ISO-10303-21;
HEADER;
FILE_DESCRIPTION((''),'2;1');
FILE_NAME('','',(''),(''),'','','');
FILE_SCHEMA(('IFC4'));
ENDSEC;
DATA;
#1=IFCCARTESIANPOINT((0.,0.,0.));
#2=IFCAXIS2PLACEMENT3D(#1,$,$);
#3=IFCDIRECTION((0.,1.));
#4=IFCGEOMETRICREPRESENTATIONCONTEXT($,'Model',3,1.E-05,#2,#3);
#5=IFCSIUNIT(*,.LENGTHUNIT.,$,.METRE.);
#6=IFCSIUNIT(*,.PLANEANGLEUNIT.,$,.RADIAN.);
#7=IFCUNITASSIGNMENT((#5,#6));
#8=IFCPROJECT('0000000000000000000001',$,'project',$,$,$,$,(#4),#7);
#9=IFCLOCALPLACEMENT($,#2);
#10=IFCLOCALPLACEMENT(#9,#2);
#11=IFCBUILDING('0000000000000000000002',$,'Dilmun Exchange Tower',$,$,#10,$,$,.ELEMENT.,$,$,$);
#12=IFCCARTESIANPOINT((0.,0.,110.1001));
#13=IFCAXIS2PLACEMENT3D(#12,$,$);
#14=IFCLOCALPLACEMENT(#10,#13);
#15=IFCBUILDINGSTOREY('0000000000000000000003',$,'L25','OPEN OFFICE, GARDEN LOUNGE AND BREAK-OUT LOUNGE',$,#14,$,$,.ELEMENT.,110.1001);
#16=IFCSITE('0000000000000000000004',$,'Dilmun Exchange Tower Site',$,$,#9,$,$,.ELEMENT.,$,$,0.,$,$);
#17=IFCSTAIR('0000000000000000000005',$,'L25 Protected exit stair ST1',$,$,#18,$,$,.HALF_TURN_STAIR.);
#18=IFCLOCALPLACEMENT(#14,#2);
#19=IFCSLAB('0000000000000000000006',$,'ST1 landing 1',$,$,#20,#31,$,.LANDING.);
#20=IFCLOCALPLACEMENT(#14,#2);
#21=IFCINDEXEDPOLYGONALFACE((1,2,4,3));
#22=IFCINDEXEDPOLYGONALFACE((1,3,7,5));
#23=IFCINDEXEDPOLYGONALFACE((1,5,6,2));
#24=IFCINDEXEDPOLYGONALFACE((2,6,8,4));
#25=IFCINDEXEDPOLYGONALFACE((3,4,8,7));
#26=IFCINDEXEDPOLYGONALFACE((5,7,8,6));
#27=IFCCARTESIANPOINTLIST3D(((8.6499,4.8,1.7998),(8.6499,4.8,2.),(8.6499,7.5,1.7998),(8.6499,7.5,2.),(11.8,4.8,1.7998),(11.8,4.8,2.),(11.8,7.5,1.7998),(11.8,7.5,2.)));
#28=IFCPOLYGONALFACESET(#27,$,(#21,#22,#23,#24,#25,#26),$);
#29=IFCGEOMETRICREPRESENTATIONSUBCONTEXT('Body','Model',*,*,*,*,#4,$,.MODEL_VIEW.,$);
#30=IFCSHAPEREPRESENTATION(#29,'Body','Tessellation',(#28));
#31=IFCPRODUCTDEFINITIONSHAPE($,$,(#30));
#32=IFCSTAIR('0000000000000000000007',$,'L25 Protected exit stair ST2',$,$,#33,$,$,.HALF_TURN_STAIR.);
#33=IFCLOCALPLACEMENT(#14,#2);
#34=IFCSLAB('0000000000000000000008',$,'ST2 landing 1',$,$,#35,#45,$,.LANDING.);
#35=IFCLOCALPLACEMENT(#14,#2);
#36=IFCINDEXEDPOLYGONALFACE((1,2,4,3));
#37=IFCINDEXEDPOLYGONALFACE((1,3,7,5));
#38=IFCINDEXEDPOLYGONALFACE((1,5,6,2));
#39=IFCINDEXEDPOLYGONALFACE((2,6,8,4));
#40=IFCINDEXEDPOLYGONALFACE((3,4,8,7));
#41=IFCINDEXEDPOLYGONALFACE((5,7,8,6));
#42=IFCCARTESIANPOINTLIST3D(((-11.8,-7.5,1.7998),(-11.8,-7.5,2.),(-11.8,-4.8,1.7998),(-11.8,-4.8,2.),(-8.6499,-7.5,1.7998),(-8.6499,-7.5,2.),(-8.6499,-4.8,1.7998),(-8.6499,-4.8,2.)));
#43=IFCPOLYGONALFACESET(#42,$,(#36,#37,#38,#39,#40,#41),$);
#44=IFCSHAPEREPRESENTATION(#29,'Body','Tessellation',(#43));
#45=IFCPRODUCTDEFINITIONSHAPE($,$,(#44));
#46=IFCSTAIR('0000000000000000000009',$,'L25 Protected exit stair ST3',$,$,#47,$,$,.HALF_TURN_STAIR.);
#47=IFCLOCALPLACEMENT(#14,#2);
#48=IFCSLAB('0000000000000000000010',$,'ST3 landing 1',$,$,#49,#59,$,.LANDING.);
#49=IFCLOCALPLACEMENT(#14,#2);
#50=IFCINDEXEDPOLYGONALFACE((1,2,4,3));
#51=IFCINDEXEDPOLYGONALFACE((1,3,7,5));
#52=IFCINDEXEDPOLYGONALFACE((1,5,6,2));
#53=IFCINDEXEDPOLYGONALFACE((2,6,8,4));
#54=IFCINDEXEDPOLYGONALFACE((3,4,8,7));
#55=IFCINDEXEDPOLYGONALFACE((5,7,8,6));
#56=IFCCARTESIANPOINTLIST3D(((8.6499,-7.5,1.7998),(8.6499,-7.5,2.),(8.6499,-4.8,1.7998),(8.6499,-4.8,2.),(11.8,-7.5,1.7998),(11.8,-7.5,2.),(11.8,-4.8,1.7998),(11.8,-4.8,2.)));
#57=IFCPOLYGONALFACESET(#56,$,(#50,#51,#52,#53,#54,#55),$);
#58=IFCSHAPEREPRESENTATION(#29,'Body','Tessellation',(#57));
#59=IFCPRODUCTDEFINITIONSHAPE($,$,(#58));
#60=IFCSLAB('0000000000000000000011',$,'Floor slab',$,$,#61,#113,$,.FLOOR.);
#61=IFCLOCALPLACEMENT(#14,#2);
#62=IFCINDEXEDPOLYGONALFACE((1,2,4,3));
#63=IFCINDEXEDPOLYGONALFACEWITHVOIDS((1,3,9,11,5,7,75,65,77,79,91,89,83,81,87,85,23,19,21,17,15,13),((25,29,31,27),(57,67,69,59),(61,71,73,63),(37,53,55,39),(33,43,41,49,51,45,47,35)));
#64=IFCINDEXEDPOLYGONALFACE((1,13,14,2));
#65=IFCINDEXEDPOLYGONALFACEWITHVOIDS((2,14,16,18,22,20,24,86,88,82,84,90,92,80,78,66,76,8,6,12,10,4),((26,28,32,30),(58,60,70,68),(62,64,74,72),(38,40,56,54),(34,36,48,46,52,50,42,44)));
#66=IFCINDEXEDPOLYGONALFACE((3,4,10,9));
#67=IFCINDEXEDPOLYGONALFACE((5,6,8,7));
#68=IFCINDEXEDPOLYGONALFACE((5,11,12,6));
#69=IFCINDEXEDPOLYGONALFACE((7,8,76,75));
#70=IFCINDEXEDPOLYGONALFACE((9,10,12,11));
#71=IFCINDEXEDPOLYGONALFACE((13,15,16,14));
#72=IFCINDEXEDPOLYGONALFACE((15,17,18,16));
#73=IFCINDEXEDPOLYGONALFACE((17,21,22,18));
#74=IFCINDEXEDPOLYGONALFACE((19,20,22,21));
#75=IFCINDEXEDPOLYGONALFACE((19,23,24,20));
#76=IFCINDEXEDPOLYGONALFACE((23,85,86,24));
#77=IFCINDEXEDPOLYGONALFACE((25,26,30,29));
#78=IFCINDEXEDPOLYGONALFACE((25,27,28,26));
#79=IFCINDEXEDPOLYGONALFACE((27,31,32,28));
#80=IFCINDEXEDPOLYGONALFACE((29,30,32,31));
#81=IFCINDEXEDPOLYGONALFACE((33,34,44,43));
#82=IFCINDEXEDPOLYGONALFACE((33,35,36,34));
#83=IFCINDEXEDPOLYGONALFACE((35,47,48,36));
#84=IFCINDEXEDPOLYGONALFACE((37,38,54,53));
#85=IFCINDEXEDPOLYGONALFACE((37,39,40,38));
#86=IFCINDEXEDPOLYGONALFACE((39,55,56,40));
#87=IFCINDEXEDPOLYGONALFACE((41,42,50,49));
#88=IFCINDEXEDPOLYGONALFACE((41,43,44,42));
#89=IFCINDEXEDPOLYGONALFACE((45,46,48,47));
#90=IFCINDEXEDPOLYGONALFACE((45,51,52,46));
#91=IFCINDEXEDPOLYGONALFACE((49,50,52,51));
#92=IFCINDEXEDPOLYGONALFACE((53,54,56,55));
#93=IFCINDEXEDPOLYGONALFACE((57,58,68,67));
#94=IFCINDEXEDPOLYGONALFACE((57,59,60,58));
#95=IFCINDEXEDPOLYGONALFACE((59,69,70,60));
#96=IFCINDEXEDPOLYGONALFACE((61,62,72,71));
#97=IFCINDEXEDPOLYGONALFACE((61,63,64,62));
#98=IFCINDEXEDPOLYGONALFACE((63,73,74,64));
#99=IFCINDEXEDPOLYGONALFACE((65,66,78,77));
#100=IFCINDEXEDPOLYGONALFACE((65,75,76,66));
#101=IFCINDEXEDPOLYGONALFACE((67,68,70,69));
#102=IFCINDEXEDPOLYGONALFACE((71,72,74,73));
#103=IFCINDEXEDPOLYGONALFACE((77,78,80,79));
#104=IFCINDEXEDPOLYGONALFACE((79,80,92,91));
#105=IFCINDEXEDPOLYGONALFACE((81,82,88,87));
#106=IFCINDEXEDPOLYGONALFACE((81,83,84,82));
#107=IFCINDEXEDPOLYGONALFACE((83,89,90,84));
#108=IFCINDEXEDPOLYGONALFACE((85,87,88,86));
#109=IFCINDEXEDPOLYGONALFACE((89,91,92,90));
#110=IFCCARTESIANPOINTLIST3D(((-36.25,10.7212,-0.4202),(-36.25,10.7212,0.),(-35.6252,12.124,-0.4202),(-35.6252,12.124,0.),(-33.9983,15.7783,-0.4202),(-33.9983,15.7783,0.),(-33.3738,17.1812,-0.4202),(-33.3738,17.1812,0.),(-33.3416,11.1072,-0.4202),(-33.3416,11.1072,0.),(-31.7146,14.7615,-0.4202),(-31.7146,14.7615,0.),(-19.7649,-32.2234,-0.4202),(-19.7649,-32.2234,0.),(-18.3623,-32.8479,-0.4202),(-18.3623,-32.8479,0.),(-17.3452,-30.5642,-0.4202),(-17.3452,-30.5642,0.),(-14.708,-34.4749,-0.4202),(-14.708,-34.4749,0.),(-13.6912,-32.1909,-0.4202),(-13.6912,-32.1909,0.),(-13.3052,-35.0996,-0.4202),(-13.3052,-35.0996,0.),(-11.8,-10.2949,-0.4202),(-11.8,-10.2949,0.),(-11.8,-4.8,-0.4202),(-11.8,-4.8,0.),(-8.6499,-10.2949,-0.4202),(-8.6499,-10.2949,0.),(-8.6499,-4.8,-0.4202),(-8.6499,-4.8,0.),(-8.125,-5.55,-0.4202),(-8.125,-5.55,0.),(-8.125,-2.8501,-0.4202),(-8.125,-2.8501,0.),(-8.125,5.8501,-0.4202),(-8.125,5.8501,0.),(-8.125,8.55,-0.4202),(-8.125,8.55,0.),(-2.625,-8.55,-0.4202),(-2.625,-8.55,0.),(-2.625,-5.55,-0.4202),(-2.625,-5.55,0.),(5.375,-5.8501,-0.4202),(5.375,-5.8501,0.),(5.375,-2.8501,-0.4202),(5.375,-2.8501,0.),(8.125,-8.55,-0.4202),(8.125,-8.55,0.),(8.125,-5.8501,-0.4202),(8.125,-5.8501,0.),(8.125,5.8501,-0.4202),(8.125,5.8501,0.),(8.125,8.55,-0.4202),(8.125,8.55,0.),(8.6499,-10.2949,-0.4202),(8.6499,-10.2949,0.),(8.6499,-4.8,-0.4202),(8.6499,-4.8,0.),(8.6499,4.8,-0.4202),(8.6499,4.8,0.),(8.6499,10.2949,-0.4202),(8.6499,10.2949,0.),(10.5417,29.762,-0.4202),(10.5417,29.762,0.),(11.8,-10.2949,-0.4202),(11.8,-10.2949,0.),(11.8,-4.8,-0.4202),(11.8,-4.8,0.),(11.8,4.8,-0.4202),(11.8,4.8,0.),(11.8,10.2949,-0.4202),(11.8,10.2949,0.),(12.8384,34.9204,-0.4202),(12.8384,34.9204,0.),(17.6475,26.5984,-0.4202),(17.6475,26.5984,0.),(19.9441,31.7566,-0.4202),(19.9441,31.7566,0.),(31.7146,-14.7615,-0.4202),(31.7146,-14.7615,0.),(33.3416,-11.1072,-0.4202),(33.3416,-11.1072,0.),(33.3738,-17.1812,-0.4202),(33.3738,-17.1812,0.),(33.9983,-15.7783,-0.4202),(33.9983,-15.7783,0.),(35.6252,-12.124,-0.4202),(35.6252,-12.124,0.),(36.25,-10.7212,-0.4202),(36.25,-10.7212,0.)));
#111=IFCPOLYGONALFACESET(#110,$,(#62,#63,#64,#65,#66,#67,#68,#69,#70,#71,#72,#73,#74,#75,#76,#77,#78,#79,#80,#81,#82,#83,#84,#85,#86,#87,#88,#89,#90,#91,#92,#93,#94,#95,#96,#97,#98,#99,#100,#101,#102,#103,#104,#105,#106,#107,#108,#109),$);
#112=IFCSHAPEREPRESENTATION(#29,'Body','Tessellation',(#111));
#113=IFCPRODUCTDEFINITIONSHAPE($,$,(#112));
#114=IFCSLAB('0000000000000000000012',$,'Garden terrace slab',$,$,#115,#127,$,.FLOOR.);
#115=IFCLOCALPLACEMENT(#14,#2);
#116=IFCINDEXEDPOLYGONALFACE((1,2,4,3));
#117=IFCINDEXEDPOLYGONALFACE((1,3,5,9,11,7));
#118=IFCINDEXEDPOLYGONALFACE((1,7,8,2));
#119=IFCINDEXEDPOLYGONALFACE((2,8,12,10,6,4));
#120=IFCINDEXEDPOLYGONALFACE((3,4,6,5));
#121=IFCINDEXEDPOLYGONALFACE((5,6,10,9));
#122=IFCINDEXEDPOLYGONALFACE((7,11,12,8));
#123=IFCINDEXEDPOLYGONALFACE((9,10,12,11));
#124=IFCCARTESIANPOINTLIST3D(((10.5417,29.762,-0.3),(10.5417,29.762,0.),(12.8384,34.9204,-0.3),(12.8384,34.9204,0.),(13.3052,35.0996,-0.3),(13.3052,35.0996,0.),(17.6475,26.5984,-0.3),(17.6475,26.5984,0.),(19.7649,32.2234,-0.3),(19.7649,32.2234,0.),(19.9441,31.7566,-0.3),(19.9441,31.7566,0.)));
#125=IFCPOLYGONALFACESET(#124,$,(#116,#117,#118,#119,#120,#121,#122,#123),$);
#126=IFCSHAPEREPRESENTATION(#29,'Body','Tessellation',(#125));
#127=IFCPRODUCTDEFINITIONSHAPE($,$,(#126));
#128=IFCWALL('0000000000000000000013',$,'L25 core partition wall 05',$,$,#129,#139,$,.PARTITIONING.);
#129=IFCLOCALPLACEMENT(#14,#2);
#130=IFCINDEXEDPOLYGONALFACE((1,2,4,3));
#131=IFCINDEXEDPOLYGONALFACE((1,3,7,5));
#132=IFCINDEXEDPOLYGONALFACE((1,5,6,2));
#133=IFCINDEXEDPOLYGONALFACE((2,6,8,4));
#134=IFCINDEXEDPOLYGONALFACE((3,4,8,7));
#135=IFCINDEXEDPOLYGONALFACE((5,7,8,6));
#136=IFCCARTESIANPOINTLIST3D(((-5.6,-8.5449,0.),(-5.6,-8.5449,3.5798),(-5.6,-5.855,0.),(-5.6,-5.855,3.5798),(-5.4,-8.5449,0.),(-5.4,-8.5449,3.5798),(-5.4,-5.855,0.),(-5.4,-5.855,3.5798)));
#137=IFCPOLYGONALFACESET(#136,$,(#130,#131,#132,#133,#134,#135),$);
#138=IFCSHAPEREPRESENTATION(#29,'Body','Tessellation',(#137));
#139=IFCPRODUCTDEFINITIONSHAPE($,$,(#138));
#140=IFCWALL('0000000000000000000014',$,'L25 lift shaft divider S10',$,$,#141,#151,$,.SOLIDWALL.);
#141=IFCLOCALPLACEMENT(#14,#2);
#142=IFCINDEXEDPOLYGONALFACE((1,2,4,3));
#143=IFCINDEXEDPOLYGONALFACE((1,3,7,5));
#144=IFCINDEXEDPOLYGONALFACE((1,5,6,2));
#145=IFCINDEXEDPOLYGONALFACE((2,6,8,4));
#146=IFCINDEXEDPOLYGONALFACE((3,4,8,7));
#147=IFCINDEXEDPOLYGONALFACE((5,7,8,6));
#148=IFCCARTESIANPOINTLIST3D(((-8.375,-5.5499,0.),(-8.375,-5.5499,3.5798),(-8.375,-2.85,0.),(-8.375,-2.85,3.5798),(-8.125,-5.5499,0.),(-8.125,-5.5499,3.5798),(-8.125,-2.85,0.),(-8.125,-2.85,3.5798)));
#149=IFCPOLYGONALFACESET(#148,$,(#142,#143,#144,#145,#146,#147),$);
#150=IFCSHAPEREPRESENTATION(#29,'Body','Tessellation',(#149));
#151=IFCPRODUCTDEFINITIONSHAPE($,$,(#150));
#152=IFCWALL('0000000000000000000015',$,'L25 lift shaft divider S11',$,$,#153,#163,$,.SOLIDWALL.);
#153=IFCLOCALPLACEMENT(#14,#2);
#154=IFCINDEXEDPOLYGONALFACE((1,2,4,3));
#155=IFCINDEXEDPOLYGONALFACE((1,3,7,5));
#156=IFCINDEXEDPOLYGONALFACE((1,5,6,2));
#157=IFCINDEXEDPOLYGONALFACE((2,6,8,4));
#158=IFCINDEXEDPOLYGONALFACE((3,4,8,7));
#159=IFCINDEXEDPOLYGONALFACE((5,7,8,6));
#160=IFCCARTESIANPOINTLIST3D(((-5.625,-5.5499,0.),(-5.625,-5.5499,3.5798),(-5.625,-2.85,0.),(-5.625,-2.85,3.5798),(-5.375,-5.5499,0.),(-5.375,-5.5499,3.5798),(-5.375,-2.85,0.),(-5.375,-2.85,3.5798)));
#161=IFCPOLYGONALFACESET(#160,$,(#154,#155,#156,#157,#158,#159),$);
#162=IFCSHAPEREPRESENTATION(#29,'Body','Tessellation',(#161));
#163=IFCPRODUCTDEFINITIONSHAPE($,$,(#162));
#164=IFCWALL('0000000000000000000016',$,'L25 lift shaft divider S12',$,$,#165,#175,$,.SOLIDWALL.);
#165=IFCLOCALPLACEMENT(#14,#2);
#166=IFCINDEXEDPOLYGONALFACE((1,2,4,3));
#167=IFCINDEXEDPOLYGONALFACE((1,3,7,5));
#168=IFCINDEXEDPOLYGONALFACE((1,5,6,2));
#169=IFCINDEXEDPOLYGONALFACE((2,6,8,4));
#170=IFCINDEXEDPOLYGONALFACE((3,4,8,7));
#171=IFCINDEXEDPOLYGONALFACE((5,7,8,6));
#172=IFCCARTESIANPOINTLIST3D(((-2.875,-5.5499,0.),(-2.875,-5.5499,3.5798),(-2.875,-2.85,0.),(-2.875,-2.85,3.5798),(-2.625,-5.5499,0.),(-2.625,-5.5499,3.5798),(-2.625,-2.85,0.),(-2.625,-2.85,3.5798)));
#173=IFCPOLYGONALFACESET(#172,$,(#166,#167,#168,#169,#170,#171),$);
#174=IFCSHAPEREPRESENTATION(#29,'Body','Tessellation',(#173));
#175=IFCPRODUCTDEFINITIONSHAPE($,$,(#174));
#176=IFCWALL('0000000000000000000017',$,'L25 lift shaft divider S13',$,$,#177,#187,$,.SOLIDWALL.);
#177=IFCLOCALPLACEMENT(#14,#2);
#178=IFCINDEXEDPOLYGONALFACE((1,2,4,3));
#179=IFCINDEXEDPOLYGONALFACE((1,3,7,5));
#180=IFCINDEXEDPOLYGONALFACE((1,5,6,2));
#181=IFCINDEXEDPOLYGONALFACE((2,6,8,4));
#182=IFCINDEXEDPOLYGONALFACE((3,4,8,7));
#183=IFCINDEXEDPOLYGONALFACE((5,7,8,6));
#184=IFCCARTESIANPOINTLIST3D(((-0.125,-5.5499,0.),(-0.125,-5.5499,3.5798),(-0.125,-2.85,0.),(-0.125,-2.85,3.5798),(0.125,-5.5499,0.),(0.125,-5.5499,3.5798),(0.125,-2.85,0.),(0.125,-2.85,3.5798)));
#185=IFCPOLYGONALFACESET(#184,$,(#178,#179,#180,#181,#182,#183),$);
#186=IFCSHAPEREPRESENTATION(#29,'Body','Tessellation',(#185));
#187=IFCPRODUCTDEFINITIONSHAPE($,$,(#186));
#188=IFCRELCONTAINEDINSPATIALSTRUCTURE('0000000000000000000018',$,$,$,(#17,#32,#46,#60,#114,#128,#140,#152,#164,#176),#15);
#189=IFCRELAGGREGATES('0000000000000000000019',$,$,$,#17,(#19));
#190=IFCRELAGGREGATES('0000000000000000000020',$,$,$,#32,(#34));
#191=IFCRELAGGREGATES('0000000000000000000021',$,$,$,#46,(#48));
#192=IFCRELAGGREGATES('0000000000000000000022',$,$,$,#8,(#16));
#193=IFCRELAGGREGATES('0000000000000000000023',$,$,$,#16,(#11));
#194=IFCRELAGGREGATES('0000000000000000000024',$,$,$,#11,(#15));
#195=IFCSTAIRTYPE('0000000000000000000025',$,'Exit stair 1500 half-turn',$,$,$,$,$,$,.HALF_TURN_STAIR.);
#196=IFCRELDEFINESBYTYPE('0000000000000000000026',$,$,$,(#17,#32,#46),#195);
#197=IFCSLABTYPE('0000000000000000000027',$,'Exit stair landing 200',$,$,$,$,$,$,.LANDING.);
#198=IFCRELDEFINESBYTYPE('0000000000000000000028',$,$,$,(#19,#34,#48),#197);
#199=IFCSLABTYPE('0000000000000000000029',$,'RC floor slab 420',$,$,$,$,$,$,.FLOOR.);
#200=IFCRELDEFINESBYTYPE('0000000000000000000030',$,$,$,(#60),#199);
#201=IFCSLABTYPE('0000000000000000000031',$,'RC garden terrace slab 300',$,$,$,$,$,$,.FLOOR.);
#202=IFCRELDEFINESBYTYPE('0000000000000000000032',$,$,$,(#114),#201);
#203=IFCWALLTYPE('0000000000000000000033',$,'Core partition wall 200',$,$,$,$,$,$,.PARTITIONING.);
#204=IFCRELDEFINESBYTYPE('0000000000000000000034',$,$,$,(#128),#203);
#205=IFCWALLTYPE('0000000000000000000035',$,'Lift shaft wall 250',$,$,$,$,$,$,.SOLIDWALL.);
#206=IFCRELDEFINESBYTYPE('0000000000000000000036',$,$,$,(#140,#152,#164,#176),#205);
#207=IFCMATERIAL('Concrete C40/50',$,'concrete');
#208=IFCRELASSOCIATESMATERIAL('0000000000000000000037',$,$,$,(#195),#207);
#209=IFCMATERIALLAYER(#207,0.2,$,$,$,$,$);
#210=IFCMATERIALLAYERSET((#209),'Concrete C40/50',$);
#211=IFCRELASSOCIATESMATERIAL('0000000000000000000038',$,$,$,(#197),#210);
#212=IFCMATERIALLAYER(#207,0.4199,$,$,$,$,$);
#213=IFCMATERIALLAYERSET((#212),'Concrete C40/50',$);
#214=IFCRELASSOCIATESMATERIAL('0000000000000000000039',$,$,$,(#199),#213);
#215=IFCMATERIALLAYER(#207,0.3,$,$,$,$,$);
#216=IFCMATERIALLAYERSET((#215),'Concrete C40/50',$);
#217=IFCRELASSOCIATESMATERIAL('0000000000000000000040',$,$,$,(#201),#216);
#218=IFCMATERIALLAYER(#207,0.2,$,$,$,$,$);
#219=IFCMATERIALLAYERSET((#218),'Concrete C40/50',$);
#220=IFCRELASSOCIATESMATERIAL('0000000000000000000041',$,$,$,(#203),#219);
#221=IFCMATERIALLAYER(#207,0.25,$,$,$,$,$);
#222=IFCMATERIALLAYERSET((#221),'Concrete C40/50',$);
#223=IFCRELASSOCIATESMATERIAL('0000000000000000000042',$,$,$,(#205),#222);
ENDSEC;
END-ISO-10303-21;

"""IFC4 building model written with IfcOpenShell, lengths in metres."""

from ifc_helpers import new_model, si_unit, direction, frame, frame_2d, origin, place, context, subcontext, project, spatial, polyline, rectangle, outline, extrude, material, layer, layer_set, type_object, element, aggregate, save


model = new_model("IFC4")

# Units and contexts
model_context = context("Model", 3, precision=1e-05, world=origin(), true_north=direction((0.0, 1.0)))
body_context = subcontext(model_context, "Body", "Model", "MODEL_VIEW")
ifc_project = project(units=[si_unit("LENGTHUNIT", "METRE"), si_unit("PLANEANGLEUNIT", "RADIAN")], contexts=[model_context])

# Site, building, storey
site_placement = place(None, origin())
site = spatial("IfcSite", under=ifc_project, at=site_placement, Name="Dilmun Exchange Tower Site", CompositionType="ELEMENT", RefElevation=0.0)
building_placement = place(site_placement, origin())
building = spatial("IfcBuilding", under=site, at=building_placement, Name="Dilmun Exchange Tower", CompositionType="ELEMENT")
storey_placement = place(building_placement, frame((0.0, 0.0, 110.1001)))
storey = spatial("IfcBuildingStorey", under=building, at=storey_placement, Name="L25", Description="OPEN OFFICE, GARDEN LOUNGE AND BREAK-OUT LOUNGE", CompositionType="ELEMENT", Elevation=110.1001)

# Stairs, slabs
ifc_material_1 = material(Name="Concrete C40/50", Category="concrete")
stair_type = type_object("IfcStairType", Name="Exit stair 1500 half-turn", PredefinedType="HALF_TURN_STAIR", material=ifc_material_1)
stair_1_placement = place(storey_placement, origin())
stair_1 = element("IfcStair", 1, at=stair_1_placement, inside=storey, type_object=stair_type, Name="L25 Protected exit stair ST1", PredefinedType="HALF_TURN_STAIR")
ifc_layer_1 = layer(ifc_material_1, 0.2)
ifc_layer_set_1 = layer_set([ifc_layer_1], Name="Concrete C40/50")
slab_type_1 = type_object("IfcSlabType", Name="Exit stair landing 200", PredefinedType="LANDING", material=ifc_layer_set_1)
slab_1_placement = place(storey_placement, frame((0.0, 0.0, 1.7998)))
slab_1 = element("IfcSlab", 2, at=slab_1_placement, type_object=slab_type_1, Name="ST1 landing 1", PredefinedType="LANDING", context=body_context, shape_type="SweptSolid", body=[
    extrude(outline(polyline([(8.6499, 7.5), (8.6499, 4.8), (11.8, 4.8), (11.8, 7.5), (8.6499, 7.5)])), origin(), (0.0, 0.0, 1.0), 0.2002),
])
aggregate(stair_1, [slab_1])
stair_2_placement = place(storey_placement, origin())
stair_2 = element("IfcStair", 3, at=stair_2_placement, inside=storey, type_object=stair_type, Name="L25 Protected exit stair ST2", PredefinedType="HALF_TURN_STAIR")
slab_2_placement = place(storey_placement, frame((0.0, 0.0, 1.7998)))
slab_2 = element("IfcSlab", 4, at=slab_2_placement, type_object=slab_type_1, Name="ST2 landing 1", PredefinedType="LANDING", context=body_context, shape_type="SweptSolid", body=[
    extrude(outline(polyline([(-8.6499, -7.5), (-8.6499, -4.8), (-11.8, -4.8), (-11.8, -7.5), (-8.6499, -7.5)])), origin(), (0.0, 0.0, 1.0), 0.2002),
])
aggregate(stair_2, [slab_2])
stair_3_placement = place(storey_placement, origin())
stair_3 = element("IfcStair", 5, at=stair_3_placement, inside=storey, type_object=stair_type, Name="L25 Protected exit stair ST3", PredefinedType="HALF_TURN_STAIR")
slab_3_placement = place(storey_placement, frame((0.0, 0.0, 1.7998)))
slab_3 = element("IfcSlab", 6, at=slab_3_placement, type_object=slab_type_1, Name="ST3 landing 1", PredefinedType="LANDING", context=body_context, shape_type="SweptSolid", body=[
    extrude(outline(polyline([(11.8, -7.5), (11.8, -4.8), (8.6499, -4.8), (8.6499, -7.5), (11.8, -7.5)])), origin(), (0.0, 0.0, 1.0), 0.2002),
])
aggregate(stair_3, [slab_3])

# Slabs
ifc_layer_2 = layer(ifc_material_1, 0.4199)
ifc_layer_set_2 = layer_set([ifc_layer_2], Name="Concrete C40/50")
slab_type_2 = type_object("IfcSlabType", Name="RC floor slab 420", PredefinedType="FLOOR", material=ifc_layer_set_2)
slab_4_placement = place(storey_placement, frame((0.0, 0.0, -0.4202)))
element("IfcSlab", 7, at=slab_4_placement, inside=storey, type_object=slab_type_2, Name="Floor slab", PredefinedType="FLOOR", context=body_context, shape_type="SweptSolid", body=[
    extrude(outline(polyline([(35.6252, -12.124), (33.3416, -11.1072), (31.7146, -14.7615), (33.9983, -15.7783), (33.3738, -17.1812), (-13.3052, -35.0996), (-14.708, -34.4749), (-13.6912, -32.1909), (-17.3452, -30.5642), (-18.3623, -32.8479), (-19.7649, -32.2234), (-36.25, 10.7212), (-35.6252, 12.124), (-33.3416, 11.1072), (-31.7146, 14.7615), (-33.9983, 15.7783), (-33.3738, 17.1812), (12.8384, 34.9204), (10.5417, 29.762), (17.6475, 26.5984), (19.9441, 31.7566), (36.25, -10.7212), (35.6252, -12.124)]), holes=[polyline([(-8.6499, -4.8), (-11.8, -4.8), (-11.8, -10.2949), (-8.6499, -10.2949), (-8.6499, -4.8)]), polyline([(11.8, -4.8), (8.6499, -4.8), (8.6499, -10.2949), (11.8, -10.2949), (11.8, -4.8)]), polyline([(-8.125, -2.8501), (-8.125, -5.55), (-2.625, -5.55), (-2.625, -8.55), (8.125, -8.55), (8.125, -5.8501), (5.375, -5.8501), (5.375, -2.8501), (-8.125, -2.8501)]), polyline([(-8.125, 5.8501), (8.125, 5.8501), (8.125, 8.55), (-8.125, 8.55), (-8.125, 5.8501)]), polyline([(8.6499, 10.2949), (8.6499, 4.8), (11.8, 4.8), (11.8, 10.2949), (8.6499, 10.2949)])]), origin(), (0.0, 0.0, 1.0), 0.4202),
])
ifc_layer_3 = layer(ifc_material_1, 0.3)
ifc_layer_set_3 = layer_set([ifc_layer_3], Name="Concrete C40/50")
slab_type_3 = type_object("IfcSlabType", Name="RC garden terrace slab 300", PredefinedType="FLOOR", material=ifc_layer_set_3)
slab_5_placement = place(storey_placement, frame((0.0, 0.0, -0.3)))
element("IfcSlab", 8, at=slab_5_placement, inside=storey, type_object=slab_type_3, Name="Garden terrace slab", PredefinedType="FLOOR", context=body_context, shape_type="SweptSolid", body=[
    extrude(outline(polyline([(10.5417, 29.762), (12.8384, 34.9204), (13.3052, 35.0996), (19.7649, 32.2234), (19.9441, 31.7566), (17.6475, 26.5984), (10.5417, 29.762)])), origin(), (0.0, 0.0, 1.0), 0.3),
])

# Walls
ifc_layer_4 = layer(ifc_material_1, 0.2)
ifc_layer_set_4 = layer_set([ifc_layer_4], Name="Concrete C40/50")
wall_type_1 = type_object("IfcWallType", Name="Core partition wall 200", PredefinedType="PARTITIONING", material=ifc_layer_set_4)
wall_1_placement = place(storey_placement, frame((-5.5, -8.5449, 0.0), z_axis=(0.0, 0.0, 1.0), x_axis=(0.0, 1.0, 0.0)))
element("IfcWall", 9, at=wall_1_placement, inside=storey, type_object=wall_type_1, Name="L25 core partition wall 05", PredefinedType="PARTITIONING", context=body_context, shape_type="SweptSolid", body=[
    extrude(rectangle(XDim=2.6899, YDim=0.2, at=frame_2d((1.345, 0.0))), origin(), (0.0, 0.0, 1.0), 3.5798),
])
ifc_layer_5 = layer(ifc_material_1, 0.25)
ifc_layer_set_5 = layer_set([ifc_layer_5], Name="Concrete C40/50")
wall_type_2 = type_object("IfcWallType", Name="Lift shaft wall 250", PredefinedType="SOLIDWALL", material=ifc_layer_set_5)
for number, where, z_axis, x_axis, name in (
    (10, (-8.25, -5.55, 0.0), (0.0, 0.0, 1.0), (0.0, 1.0, 0.0), "L25 lift shaft divider S10"),
    (11, (-5.5, -5.55, 0.0), (0.0, 0.0, 1.0), (0.0, 1.0, 0.0), "L25 lift shaft divider S11"),
    (12, (-2.75, -5.55, 0.0), (0.0, 0.0, 1.0), (0.0, 1.0, 0.0), "L25 lift shaft divider S12"),
    (13, (0.0, -5.55, 0.0), (0.0, 0.0, 1.0), (0.0, 1.0, 0.0), "L25 lift shaft divider S13"),
):
    element("IfcWall", number, at=place(storey_placement, frame(where, z_axis=z_axis, x_axis=x_axis)), inside=storey, type_object=wall_type_2, Name=name, PredefinedType="SOLIDWALL", context=body_context, shape_type="SweptSolid", body=[
        extrude(rectangle(XDim=2.7, YDim=0.25, at=frame_2d((1.3501, 0.0))), origin(), (0.0, 0.0, 1.0), 3.5798),
    ])

save(model, "model.ifc")
